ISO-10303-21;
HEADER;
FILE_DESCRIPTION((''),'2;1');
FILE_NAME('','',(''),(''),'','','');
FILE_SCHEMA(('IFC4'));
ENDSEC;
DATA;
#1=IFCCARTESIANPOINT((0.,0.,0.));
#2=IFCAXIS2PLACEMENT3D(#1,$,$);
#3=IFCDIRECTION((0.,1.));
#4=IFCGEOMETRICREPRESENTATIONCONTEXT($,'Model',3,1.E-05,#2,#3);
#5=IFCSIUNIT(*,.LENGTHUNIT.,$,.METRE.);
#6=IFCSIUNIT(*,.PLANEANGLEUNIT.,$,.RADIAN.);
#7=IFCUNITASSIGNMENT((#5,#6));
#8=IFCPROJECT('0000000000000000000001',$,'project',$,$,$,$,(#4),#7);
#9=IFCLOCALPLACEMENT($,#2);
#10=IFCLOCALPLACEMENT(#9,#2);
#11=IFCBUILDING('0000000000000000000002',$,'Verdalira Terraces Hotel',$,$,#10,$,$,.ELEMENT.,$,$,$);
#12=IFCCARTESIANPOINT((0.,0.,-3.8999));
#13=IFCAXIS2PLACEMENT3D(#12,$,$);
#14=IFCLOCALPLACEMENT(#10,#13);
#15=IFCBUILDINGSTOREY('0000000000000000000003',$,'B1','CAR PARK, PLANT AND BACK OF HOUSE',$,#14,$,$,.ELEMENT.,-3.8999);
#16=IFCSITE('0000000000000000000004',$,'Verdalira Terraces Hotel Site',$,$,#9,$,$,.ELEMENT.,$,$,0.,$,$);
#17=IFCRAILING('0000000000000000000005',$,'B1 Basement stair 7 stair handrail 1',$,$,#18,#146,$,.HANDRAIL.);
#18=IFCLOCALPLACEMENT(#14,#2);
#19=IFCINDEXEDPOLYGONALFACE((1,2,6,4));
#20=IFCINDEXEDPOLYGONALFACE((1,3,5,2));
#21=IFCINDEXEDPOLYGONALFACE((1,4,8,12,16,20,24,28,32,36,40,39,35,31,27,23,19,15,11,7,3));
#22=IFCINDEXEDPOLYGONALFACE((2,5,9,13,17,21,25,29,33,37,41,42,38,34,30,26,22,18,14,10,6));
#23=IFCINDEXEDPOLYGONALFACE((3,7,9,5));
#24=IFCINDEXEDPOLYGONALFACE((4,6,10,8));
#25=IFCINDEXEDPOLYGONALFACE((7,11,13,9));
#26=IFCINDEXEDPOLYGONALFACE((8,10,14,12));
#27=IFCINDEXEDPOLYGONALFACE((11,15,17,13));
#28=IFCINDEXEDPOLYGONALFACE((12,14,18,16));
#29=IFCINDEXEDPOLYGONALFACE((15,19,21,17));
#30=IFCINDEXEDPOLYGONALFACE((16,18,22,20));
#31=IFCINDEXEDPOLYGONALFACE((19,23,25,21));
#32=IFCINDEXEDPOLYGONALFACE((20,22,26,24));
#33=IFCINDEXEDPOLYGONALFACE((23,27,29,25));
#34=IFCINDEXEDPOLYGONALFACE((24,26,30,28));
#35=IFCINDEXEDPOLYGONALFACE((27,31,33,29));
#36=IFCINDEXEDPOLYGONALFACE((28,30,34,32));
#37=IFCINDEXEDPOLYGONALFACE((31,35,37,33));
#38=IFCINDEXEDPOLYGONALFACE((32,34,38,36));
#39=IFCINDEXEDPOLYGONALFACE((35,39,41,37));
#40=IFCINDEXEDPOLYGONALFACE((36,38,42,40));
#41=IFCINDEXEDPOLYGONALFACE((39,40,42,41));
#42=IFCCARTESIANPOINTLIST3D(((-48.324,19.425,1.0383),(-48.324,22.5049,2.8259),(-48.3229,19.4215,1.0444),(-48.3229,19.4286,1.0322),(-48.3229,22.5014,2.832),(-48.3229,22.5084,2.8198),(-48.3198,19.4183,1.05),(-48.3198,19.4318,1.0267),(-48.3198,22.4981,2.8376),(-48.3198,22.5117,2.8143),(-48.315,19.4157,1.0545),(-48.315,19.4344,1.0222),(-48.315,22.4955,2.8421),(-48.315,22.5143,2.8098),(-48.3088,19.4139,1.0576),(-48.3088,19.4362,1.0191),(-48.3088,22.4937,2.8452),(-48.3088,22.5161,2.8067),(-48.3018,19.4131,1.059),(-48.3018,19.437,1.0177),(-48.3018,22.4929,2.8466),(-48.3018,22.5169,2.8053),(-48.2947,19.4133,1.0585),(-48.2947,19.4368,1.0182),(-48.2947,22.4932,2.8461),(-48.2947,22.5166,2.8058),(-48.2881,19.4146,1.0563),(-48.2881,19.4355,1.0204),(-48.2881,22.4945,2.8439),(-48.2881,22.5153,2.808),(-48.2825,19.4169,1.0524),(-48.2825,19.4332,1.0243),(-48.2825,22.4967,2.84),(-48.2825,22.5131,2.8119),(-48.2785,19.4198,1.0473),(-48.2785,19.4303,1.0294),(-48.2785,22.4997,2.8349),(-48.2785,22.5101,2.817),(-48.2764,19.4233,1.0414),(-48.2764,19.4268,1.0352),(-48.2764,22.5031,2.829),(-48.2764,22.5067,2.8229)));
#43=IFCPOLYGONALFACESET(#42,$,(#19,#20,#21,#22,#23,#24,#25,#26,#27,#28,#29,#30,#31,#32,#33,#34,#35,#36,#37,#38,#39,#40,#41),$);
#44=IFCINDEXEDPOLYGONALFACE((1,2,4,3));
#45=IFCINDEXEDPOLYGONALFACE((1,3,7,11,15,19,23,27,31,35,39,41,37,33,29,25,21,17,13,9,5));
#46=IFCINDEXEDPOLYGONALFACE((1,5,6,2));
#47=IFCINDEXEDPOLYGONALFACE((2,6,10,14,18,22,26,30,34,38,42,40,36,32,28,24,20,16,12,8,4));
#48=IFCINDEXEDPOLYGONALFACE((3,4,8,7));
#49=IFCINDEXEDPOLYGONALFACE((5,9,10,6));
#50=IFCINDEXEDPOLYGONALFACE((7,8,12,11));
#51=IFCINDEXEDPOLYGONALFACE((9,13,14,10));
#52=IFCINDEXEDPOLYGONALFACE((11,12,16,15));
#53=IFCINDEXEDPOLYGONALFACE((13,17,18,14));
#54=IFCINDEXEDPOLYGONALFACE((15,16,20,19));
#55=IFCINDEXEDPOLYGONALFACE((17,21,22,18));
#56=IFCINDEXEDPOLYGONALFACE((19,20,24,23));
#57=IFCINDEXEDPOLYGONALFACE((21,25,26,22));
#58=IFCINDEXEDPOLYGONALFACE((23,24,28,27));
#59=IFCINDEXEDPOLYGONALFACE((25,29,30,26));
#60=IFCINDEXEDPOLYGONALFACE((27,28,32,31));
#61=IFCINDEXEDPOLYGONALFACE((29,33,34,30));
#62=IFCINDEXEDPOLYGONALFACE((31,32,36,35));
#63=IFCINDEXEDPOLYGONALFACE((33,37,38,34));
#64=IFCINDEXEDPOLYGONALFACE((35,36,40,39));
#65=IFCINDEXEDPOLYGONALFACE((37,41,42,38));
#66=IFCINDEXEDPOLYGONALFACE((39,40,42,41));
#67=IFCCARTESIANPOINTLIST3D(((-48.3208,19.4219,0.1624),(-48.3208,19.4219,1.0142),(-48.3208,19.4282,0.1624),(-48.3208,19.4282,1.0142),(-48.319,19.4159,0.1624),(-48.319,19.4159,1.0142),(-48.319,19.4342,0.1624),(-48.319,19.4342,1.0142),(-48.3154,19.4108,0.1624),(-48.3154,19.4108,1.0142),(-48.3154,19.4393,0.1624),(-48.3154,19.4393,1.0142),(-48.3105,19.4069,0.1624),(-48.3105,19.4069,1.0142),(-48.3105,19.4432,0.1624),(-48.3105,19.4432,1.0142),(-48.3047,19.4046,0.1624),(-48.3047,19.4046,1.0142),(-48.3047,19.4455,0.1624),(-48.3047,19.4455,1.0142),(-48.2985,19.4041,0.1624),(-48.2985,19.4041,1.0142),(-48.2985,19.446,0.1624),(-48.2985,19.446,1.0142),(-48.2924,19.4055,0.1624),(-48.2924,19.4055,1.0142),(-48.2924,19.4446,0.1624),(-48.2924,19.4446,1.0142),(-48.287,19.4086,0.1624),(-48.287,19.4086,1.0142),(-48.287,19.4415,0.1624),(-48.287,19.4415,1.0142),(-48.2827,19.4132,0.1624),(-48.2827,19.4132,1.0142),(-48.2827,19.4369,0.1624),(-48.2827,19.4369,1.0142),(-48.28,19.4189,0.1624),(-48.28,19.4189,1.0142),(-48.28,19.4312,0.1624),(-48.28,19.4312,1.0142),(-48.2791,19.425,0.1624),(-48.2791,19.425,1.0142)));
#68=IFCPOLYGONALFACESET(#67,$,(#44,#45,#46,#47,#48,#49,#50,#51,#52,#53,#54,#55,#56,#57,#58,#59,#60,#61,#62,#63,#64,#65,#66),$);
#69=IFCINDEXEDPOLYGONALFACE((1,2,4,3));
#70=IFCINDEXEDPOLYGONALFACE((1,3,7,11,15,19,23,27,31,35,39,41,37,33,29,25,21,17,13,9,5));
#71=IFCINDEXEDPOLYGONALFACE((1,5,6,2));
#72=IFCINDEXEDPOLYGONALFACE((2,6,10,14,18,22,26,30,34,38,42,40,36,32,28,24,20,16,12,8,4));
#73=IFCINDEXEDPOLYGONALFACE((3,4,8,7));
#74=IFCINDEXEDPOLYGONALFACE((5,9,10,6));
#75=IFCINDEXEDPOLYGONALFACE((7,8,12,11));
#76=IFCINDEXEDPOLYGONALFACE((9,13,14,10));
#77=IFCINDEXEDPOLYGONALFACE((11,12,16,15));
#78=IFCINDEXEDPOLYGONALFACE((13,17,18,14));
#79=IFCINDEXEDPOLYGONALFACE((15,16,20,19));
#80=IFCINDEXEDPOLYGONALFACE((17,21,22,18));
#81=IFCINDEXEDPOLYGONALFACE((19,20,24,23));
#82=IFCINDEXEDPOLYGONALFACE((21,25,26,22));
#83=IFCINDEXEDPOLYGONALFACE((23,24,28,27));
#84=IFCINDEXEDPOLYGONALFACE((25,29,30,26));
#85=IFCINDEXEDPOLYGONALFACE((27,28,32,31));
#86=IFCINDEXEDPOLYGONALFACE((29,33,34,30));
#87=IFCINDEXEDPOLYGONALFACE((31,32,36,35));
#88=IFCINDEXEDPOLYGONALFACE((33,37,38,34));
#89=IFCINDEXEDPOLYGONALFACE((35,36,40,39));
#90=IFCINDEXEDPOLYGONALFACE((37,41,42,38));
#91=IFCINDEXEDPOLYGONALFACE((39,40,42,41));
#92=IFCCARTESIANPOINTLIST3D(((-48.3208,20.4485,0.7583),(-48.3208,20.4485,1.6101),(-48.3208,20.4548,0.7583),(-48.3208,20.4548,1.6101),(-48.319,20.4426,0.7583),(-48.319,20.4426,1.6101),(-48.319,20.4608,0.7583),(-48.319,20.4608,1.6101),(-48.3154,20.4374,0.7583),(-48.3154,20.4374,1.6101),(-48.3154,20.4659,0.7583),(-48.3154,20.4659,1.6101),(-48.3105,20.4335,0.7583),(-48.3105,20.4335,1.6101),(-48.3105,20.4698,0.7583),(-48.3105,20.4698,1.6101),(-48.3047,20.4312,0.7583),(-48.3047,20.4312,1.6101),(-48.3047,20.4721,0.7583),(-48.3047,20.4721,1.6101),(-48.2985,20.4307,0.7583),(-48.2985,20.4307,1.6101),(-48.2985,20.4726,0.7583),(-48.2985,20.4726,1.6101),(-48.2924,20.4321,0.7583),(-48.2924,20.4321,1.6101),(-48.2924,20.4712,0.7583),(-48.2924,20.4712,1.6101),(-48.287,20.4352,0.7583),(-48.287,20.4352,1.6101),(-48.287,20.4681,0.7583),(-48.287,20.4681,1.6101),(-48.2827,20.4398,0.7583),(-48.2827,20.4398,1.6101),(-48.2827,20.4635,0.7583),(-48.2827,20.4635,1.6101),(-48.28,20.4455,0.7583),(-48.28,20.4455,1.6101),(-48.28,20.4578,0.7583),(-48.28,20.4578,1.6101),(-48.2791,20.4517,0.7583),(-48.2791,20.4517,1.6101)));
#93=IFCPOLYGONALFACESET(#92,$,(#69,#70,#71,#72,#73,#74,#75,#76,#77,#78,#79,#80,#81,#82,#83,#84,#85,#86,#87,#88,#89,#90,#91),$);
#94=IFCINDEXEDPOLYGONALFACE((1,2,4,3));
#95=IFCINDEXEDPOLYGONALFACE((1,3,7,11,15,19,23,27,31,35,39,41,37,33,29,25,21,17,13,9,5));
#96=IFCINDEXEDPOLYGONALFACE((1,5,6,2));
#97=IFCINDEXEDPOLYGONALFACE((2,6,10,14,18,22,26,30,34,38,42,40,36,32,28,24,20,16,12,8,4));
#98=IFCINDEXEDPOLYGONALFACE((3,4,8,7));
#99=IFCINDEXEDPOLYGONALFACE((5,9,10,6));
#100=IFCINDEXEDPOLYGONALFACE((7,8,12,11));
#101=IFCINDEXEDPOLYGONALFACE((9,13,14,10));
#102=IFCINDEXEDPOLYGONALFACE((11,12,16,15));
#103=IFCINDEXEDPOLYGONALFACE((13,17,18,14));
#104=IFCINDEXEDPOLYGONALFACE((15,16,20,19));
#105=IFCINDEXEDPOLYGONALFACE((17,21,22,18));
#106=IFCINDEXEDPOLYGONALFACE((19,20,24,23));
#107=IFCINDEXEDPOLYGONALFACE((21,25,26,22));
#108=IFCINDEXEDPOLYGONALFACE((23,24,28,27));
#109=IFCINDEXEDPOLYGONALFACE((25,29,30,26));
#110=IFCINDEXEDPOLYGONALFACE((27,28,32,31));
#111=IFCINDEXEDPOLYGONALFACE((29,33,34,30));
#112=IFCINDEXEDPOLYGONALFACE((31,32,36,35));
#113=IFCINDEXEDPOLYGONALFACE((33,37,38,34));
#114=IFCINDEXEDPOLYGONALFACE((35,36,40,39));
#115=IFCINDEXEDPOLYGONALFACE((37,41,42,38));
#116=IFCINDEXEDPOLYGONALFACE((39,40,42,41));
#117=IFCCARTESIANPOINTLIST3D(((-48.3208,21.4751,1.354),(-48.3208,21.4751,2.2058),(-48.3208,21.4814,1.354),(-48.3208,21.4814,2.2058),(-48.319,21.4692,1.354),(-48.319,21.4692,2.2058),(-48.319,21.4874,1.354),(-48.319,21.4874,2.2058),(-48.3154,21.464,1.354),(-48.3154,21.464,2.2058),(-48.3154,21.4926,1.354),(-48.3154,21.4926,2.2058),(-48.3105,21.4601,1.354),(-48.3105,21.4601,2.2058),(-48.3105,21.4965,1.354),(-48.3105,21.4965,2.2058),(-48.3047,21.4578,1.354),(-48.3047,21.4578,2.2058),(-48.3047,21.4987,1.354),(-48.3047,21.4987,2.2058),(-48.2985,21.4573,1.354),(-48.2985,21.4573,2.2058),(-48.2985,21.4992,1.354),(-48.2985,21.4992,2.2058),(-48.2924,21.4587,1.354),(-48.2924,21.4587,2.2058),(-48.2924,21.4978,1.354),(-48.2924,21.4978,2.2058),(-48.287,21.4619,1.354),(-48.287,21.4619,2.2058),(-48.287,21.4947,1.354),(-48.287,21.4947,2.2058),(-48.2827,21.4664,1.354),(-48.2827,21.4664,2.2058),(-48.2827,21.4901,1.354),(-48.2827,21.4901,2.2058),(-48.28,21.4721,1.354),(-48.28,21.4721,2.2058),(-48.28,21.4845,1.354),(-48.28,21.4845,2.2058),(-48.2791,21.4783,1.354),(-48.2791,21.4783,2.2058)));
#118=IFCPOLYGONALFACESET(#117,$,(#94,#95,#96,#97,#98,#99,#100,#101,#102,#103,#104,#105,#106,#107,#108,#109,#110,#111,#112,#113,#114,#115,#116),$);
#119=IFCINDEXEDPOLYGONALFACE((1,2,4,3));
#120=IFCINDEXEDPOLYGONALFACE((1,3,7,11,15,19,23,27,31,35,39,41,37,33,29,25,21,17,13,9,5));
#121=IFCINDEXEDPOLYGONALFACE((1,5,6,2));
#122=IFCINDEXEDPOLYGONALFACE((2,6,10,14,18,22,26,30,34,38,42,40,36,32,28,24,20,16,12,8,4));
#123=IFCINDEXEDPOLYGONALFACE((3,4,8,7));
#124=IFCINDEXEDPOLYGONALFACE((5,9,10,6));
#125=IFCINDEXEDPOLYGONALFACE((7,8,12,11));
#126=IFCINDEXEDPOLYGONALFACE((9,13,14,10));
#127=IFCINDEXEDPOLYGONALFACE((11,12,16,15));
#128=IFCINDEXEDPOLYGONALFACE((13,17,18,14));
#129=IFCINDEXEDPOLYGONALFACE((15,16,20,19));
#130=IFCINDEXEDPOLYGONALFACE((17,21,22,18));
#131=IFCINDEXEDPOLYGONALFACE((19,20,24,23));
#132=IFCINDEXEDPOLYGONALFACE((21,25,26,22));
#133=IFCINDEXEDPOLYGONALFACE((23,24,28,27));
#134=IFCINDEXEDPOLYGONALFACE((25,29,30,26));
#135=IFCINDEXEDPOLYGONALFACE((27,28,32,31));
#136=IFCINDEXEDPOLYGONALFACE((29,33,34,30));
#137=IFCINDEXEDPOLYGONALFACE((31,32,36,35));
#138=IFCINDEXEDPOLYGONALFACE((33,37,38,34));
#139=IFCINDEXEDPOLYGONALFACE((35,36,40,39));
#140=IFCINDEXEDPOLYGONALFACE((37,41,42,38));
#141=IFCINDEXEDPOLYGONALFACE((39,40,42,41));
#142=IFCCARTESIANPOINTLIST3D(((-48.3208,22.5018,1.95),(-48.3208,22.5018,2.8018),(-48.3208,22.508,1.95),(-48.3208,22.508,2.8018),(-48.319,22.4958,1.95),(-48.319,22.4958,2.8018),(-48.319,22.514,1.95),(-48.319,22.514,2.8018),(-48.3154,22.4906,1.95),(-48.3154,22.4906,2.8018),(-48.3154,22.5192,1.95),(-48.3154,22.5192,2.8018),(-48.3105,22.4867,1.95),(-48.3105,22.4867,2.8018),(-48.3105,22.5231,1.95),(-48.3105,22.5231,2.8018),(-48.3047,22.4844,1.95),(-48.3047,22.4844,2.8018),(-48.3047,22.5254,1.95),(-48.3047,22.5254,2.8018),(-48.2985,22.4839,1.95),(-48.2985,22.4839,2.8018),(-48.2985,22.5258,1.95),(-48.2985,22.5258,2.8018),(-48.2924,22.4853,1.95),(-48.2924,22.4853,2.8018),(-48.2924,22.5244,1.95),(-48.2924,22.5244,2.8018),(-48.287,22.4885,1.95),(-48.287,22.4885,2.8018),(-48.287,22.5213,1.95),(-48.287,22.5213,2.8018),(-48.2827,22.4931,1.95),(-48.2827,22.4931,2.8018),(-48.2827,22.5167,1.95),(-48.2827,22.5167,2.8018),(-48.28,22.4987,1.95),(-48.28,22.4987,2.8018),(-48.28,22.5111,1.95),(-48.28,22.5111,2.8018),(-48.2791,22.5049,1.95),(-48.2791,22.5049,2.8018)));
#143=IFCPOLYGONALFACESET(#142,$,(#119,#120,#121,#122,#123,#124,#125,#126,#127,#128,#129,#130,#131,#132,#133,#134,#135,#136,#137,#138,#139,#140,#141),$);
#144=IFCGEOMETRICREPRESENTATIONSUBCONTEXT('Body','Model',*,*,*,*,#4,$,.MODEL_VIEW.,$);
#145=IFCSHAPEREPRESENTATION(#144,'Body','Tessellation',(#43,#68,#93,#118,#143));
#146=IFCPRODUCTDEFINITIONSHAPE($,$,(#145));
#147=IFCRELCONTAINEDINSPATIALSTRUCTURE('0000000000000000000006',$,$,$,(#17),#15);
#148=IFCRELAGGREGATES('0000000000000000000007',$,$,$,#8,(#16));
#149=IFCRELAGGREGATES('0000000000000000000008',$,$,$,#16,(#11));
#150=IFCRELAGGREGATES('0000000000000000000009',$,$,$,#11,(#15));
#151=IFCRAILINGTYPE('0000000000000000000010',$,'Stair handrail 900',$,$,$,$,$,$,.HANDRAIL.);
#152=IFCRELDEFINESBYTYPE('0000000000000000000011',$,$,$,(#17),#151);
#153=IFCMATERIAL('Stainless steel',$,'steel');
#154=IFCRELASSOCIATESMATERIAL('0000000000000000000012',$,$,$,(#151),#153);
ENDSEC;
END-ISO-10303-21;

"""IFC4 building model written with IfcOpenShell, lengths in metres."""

from ifc_helpers import new_model, si_unit, direction, frame, origin, origin_2d, place, context, subcontext, project, spatial, circle, extrude, material, type_object, element, save


model = new_model("IFC4")

# Units and contexts
model_context = context("Model", 3, precision=1e-05, world=origin(), true_north=direction((0.0, 1.0)))
body_context = subcontext(model_context, "Body", "Model", "MODEL_VIEW")
ifc_project = project(units=[si_unit("LENGTHUNIT", "METRE"), si_unit("PLANEANGLEUNIT", "RADIAN")], contexts=[model_context])

# Site, building, storey
site_placement = place(None, origin())
site = spatial("IfcSite", under=ifc_project, at=site_placement, Name="Verdalira Terraces Hotel Site", CompositionType="ELEMENT", RefElevation=0.0)
building_placement = place(site_placement, origin())
building = spatial("IfcBuilding", under=site, at=building_placement, Name="Verdalira Terraces Hotel", CompositionType="ELEMENT")
storey_placement = place(building_placement, frame((0.0, 0.0, -3.8999)))
storey = spatial("IfcBuildingStorey", under=building, at=storey_placement, Name="B1", Description="CAR PARK, PLANT AND BACK OF HOUSE", CompositionType="ELEMENT", Elevation=-3.8999)

# Railing
ifc_material_1 = material(Name="Stainless steel", Category="steel")
railing_type_1 = type_object("IfcRailingType", Name="Stair handrail 900", PredefinedType="HANDRAIL", material=ifc_material_1)
railing_1_placement = place(storey_placement, frame((-48.3, 19.425, 0.1624)))
element("IfcRailing", 1, at=railing_1_placement, inside=storey, type_object=railing_type_1, Name="B1 Basement stair 7 stair handrail 1", PredefinedType="HANDRAIL", context=body_context, shape_type="SweptSolid", body=[
    extrude(circle(Radius=0.0239, at=origin_2d()), frame((0.0, 0.0, 0.876), z_axis=(0.0, 0.864873, 0.50199), x_axis=(-1.0, 0.0, 0.0)), (0.0, 0.0, 1.0), 3.561),
    extrude(circle(Radius=0.021, at=origin_2d()), origin(), (0.0, 0.0, 1.0), 0.8518),
    extrude(circle(Radius=0.021, at=origin_2d()), frame((0.0, 1.0266, 0.5959)), (0.0, 0.0, 1.0), 0.8518),
    extrude(circle(Radius=0.021, at=origin_2d()), frame((0.0, 2.0532, 1.1917)), (0.0, 0.0, 1.0), 0.8518),
    extrude(circle(Radius=0.021, at=origin_2d()), frame((0.0, 3.0798, 1.7876)), (0.0, 0.0, 1.0), 0.8518),
])

save(model, "model.ifc")
